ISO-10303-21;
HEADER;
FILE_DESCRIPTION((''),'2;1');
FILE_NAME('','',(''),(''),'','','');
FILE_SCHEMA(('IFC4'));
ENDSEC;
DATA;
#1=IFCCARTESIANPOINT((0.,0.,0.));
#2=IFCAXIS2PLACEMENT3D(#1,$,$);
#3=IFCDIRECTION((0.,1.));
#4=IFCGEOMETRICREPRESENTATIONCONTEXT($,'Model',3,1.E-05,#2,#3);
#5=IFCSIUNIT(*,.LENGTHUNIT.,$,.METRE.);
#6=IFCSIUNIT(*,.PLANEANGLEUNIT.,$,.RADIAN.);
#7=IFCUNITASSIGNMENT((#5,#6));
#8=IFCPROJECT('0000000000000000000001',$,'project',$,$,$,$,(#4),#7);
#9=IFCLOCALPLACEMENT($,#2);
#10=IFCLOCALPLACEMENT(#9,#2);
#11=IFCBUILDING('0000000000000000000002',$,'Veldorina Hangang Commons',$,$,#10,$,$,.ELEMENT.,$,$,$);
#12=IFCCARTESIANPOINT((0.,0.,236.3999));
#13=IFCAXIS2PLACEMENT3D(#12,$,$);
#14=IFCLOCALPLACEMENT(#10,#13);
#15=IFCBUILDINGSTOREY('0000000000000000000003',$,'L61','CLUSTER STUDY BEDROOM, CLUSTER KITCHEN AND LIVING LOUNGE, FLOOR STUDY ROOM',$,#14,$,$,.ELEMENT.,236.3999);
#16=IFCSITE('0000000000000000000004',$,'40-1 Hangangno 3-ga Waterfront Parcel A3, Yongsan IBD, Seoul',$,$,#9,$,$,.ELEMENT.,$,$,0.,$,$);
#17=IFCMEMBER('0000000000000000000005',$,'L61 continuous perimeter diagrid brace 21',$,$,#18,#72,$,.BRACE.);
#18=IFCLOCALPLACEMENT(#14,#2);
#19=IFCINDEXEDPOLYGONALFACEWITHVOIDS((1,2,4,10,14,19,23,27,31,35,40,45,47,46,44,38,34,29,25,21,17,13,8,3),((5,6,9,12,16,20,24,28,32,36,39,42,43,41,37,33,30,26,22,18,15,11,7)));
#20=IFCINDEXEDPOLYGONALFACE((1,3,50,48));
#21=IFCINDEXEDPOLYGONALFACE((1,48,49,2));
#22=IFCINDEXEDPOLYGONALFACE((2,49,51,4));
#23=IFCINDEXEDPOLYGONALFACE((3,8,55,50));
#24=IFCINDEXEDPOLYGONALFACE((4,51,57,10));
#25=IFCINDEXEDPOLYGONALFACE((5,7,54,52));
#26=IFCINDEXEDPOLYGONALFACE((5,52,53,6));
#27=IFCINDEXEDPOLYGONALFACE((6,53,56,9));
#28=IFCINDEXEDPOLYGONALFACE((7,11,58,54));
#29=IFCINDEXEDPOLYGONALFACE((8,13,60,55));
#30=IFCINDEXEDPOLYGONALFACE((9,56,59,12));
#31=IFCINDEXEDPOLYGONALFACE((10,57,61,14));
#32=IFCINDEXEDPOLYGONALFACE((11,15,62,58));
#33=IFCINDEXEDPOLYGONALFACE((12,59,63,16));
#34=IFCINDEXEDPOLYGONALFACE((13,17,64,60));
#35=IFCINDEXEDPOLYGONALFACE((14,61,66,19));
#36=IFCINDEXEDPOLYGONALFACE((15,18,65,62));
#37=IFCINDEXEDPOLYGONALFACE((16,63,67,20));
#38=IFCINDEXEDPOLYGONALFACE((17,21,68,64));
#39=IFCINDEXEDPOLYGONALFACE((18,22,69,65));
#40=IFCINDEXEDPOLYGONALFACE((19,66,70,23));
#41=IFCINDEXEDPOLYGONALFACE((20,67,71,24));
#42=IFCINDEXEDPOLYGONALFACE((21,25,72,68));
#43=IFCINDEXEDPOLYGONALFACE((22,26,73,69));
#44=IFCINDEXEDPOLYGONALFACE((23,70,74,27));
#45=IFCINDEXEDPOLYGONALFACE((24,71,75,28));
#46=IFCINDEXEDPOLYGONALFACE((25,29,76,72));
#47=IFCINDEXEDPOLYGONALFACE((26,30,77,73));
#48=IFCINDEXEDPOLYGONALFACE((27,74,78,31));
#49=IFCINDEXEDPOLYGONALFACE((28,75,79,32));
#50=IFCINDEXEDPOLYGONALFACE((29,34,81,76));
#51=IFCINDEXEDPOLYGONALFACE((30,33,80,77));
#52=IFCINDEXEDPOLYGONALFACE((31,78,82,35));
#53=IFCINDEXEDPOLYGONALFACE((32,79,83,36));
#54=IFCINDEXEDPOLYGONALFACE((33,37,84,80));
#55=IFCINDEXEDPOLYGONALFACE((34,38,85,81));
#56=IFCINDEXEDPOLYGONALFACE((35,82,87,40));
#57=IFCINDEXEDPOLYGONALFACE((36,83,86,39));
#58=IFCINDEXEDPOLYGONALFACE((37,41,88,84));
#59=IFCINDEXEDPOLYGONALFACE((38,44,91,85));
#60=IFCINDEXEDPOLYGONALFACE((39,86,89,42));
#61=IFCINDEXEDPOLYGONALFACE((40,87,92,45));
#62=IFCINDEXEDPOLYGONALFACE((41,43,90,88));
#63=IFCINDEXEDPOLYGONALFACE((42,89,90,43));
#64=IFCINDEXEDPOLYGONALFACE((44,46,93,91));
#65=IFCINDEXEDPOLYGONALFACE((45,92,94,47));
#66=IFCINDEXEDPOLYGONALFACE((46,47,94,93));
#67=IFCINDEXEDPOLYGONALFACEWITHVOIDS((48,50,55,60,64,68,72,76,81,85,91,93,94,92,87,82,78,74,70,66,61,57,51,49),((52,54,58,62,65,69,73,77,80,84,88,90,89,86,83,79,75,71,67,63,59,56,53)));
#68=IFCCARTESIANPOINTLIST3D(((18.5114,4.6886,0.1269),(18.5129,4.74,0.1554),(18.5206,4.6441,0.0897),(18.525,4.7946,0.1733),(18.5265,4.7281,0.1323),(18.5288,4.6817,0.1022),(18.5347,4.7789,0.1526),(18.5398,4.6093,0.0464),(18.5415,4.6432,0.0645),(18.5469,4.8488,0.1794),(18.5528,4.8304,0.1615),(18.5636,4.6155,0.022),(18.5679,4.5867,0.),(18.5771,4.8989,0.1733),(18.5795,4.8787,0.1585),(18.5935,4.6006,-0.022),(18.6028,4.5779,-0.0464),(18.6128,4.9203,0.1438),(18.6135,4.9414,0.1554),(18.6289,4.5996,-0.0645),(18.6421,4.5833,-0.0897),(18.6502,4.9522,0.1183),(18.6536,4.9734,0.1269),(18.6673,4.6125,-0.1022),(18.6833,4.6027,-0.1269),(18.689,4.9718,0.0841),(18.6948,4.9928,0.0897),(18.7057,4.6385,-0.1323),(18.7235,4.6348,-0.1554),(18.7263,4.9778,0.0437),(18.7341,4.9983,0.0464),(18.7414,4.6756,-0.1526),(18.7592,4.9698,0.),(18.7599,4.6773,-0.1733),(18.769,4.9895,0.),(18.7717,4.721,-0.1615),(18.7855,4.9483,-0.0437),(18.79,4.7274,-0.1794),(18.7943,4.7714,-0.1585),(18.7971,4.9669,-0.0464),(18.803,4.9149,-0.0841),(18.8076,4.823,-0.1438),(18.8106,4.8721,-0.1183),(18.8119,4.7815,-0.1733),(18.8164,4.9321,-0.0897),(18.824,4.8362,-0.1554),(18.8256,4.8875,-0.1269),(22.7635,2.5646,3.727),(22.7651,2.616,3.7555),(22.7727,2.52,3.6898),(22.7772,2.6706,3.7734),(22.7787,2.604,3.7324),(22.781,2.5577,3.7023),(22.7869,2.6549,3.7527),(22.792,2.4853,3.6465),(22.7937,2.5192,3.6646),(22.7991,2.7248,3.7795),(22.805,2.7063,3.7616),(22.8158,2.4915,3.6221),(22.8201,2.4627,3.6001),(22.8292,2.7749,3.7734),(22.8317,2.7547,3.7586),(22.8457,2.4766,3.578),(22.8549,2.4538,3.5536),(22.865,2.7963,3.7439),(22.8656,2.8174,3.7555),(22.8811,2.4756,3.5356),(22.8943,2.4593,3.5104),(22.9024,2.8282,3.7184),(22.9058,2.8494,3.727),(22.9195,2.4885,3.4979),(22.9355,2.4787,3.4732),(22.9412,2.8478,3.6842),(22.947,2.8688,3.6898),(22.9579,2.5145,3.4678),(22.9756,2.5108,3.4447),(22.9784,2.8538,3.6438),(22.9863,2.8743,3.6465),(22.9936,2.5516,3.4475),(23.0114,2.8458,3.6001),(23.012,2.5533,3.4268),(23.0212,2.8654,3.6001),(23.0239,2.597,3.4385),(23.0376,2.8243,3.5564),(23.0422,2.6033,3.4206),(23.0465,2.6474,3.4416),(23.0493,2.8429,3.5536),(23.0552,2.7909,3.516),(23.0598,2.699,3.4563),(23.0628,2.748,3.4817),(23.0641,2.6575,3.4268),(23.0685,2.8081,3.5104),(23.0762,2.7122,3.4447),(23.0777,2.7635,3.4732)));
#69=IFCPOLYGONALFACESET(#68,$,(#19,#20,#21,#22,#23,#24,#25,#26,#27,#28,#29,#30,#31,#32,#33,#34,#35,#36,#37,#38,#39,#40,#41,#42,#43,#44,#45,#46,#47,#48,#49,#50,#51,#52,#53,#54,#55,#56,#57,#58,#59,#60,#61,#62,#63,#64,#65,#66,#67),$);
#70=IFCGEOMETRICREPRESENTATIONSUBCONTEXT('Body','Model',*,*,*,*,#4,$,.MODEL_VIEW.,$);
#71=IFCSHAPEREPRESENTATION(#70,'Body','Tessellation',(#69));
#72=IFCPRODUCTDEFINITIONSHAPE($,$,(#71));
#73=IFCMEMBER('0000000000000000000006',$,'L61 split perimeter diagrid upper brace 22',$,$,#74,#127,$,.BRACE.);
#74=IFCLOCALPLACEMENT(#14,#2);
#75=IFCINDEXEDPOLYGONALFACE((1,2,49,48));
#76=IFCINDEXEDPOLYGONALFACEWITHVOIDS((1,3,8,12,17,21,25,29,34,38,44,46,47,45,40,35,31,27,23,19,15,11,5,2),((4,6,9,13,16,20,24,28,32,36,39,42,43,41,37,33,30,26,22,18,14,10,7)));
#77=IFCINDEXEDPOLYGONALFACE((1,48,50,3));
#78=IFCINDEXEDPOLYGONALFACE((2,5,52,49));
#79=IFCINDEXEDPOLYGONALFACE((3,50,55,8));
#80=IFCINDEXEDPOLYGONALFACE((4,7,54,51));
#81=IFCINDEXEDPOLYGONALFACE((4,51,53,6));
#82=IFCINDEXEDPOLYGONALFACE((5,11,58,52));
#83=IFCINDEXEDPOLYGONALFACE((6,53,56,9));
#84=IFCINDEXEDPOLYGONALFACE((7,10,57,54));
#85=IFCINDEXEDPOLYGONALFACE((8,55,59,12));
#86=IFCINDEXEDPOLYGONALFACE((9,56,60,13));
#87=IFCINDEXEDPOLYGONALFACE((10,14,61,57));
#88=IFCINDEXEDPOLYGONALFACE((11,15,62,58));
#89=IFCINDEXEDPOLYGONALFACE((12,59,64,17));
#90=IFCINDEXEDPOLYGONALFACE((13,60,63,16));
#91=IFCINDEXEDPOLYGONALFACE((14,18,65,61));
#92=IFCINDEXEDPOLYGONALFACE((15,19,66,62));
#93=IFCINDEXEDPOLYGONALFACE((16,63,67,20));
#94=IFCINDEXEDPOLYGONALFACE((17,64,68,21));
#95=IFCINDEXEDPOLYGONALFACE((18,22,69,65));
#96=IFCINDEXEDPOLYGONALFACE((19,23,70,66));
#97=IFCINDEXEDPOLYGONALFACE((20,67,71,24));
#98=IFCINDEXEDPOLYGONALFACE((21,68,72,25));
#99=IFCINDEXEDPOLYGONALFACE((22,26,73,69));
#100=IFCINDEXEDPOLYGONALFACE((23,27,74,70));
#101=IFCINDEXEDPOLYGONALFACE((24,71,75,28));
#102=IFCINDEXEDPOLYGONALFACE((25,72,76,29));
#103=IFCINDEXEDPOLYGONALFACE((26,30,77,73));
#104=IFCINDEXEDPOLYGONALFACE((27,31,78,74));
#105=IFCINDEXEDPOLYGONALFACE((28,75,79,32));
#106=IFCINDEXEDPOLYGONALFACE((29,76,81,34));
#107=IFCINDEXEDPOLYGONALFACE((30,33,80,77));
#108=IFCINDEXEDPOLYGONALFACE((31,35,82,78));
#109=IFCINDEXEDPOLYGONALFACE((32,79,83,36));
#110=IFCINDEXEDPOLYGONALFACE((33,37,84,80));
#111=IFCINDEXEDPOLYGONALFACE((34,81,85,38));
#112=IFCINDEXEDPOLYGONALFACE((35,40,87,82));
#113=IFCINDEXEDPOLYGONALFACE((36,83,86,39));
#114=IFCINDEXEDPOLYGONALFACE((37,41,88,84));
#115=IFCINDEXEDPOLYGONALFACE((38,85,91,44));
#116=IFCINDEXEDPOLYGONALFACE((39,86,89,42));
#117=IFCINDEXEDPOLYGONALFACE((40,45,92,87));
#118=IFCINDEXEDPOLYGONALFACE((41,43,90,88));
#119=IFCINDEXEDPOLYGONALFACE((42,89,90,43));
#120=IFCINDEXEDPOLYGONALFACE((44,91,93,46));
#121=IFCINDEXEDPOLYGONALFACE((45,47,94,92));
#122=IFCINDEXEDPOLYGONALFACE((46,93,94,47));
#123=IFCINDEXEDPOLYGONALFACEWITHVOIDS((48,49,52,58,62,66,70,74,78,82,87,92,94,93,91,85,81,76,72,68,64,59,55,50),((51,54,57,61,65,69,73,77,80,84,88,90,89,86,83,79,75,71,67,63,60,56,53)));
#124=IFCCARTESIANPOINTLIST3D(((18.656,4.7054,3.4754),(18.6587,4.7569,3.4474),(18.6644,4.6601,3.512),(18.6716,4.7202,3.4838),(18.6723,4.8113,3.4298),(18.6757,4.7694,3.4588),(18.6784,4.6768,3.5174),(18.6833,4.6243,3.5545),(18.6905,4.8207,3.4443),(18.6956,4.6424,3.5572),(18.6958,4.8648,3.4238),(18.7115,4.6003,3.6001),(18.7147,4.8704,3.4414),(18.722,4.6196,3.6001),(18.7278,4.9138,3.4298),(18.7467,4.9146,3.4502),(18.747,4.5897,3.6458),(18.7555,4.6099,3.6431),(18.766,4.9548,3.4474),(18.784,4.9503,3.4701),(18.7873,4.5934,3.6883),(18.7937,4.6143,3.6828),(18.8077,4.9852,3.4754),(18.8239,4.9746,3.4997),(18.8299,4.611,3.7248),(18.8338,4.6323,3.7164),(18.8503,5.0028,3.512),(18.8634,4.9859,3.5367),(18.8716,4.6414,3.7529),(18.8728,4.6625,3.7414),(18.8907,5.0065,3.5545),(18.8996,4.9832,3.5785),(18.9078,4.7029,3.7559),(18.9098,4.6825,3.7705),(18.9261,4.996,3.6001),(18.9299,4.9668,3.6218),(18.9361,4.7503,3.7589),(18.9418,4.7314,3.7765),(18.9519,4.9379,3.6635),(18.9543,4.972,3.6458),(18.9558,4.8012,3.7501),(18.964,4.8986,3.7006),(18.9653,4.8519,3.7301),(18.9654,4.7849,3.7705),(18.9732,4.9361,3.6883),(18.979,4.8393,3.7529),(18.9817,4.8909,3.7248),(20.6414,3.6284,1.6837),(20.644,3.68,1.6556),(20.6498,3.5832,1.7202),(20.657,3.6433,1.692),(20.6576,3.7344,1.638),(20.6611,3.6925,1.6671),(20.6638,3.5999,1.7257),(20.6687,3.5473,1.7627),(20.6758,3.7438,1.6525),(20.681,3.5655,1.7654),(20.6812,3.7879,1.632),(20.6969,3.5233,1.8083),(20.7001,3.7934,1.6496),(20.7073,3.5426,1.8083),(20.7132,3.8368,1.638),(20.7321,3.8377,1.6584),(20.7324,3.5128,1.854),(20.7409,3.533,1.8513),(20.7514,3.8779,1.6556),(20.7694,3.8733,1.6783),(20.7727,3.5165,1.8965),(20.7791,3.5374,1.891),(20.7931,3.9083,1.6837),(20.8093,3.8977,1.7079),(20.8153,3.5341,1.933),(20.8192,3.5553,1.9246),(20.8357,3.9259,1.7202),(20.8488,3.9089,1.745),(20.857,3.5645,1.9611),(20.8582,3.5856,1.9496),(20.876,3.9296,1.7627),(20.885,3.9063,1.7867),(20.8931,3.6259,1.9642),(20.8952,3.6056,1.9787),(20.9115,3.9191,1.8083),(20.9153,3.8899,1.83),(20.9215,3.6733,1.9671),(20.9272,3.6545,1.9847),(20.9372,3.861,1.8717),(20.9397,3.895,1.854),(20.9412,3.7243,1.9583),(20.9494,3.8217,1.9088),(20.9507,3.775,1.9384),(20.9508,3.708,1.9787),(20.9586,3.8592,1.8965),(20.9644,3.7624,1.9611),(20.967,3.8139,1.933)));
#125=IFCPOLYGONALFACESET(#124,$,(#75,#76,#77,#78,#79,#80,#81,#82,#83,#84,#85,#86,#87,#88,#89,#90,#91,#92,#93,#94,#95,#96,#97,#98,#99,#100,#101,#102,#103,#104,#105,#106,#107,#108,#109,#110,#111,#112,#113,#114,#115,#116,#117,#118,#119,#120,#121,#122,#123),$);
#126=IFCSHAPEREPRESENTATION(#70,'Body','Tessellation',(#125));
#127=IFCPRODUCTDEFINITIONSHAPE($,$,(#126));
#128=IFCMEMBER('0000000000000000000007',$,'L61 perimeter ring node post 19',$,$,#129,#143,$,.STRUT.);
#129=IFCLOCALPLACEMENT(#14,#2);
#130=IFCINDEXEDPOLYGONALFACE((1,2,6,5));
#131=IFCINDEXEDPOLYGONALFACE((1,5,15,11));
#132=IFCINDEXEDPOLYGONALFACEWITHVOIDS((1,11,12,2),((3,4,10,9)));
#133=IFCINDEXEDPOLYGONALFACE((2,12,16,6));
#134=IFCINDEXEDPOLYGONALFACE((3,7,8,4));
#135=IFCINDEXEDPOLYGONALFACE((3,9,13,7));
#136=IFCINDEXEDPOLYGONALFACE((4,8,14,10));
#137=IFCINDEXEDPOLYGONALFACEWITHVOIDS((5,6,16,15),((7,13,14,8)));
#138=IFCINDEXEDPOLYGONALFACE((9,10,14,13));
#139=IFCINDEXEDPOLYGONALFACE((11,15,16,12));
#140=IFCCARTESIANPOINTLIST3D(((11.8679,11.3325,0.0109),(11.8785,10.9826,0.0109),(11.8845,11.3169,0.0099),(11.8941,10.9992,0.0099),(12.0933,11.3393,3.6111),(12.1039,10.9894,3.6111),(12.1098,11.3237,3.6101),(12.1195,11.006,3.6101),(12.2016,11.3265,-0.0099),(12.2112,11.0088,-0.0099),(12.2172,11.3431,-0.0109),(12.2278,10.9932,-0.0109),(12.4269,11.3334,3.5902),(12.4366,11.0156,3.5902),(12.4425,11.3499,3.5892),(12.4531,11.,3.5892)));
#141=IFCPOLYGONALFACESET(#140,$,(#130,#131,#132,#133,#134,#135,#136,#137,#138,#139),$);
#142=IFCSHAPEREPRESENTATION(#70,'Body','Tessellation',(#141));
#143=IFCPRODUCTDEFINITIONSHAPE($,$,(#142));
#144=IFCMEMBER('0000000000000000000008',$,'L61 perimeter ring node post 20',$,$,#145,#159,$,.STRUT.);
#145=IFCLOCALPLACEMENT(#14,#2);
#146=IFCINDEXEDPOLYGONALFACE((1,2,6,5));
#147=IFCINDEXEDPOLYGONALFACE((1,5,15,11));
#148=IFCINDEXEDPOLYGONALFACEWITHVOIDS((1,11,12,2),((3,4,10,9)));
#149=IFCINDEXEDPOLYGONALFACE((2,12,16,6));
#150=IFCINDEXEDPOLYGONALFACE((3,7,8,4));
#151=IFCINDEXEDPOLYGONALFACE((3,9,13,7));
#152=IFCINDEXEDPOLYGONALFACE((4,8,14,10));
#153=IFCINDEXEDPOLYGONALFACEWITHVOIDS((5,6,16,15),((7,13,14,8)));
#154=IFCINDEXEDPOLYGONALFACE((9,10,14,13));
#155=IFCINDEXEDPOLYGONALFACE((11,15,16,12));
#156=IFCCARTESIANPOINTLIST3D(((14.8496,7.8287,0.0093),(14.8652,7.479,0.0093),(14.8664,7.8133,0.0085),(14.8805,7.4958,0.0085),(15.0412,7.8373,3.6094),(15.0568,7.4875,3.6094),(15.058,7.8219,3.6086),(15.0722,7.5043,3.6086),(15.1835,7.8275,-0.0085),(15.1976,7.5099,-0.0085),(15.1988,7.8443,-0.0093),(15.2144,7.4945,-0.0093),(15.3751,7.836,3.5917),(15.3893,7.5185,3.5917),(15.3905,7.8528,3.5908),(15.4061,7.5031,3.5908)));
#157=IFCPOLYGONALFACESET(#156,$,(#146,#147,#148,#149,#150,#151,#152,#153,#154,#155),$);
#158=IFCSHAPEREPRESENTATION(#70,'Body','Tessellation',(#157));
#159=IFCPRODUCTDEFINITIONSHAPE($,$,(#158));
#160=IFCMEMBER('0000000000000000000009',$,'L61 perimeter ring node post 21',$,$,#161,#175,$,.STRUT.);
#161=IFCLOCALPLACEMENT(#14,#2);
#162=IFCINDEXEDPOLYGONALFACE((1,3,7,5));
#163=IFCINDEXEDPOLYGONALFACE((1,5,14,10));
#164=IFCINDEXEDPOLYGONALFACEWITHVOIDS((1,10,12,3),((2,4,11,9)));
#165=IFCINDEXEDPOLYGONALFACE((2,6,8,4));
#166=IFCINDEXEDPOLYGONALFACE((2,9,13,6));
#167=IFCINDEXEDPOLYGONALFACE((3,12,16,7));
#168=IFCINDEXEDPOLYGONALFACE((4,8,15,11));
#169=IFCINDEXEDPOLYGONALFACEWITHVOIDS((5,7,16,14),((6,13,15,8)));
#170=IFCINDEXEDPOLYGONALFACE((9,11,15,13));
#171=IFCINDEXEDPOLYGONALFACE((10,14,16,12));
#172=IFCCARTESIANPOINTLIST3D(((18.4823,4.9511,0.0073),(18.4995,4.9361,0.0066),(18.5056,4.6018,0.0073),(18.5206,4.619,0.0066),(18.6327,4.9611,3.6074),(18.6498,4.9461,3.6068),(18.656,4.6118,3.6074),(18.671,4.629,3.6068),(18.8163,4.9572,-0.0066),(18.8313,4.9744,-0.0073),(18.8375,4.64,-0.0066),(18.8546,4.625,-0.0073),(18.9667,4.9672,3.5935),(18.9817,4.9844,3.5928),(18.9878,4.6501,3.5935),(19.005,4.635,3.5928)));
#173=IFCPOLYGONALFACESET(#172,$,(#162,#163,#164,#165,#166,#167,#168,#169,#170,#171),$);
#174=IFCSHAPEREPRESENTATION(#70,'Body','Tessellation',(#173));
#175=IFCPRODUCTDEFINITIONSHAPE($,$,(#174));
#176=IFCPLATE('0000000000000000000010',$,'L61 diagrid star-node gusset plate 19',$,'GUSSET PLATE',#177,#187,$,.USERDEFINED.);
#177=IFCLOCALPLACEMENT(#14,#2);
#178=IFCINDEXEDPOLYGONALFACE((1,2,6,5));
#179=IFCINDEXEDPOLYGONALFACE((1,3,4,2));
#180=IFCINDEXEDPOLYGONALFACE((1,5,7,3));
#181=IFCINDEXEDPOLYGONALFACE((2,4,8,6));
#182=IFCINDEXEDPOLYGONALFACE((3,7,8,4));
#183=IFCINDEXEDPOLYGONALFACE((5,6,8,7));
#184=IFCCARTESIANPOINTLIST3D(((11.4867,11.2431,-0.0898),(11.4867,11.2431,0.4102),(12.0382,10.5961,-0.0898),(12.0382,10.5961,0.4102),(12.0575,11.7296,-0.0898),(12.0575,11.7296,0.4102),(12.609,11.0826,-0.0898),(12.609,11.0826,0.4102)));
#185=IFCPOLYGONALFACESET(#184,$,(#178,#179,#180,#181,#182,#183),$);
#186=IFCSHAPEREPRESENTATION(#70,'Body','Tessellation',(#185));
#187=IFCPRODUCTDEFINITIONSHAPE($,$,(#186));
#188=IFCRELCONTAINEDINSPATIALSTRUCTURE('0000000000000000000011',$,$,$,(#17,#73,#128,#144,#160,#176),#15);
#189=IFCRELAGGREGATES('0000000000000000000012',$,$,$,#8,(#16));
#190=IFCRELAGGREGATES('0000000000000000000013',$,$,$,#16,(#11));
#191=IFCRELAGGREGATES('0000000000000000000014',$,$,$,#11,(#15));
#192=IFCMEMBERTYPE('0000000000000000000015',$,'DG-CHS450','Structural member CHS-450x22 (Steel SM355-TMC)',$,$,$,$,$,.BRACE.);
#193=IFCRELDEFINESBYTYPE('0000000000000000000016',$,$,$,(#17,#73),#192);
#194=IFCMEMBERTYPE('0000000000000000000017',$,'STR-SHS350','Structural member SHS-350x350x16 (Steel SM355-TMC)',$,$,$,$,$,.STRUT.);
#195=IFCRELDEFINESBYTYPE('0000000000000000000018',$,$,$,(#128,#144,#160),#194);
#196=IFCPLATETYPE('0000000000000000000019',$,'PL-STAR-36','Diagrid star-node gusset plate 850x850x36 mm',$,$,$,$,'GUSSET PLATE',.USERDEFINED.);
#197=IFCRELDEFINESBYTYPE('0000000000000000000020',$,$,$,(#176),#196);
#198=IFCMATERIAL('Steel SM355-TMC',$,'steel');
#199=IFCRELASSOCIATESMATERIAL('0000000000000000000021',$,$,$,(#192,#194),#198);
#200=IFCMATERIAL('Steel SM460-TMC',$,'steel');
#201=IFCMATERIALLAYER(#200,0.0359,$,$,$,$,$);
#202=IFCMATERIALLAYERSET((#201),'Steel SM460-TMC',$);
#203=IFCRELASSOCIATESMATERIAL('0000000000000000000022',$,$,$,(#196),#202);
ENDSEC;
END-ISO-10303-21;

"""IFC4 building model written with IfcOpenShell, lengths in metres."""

from ifc_helpers import new_model, si_unit, direction, frame, origin, origin_2d, place, context, subcontext, project, spatial, rectangle, hollow_rectangle, hollow_circle, extrude, material, layer, layer_set, material_profile, profile_set, type_object, element, save


model = new_model("IFC4")

# Units and contexts
model_context = context("Model", 3, precision=1e-05, world=origin(), true_north=direction((0.0, 1.0)))
body_context = subcontext(model_context, "Body", "Model", "MODEL_VIEW")
ifc_project = project(units=[si_unit("LENGTHUNIT", "METRE"), si_unit("PLANEANGLEUNIT", "RADIAN")], contexts=[model_context])

# Site, building, storey
site_placement = place(None, origin())
site = spatial("IfcSite", under=ifc_project, at=site_placement, Name="40-1 Hangangno 3-ga Waterfront Parcel A3, Yongsan IBD, Seoul", CompositionType="ELEMENT", RefElevation=0.0)
building_placement = place(site_placement, origin())
building = spatial("IfcBuilding", under=site, at=building_placement, Name="Veldorina Hangang Commons", CompositionType="ELEMENT")
storey_placement = place(building_placement, frame((0.0, 0.0, 236.3999)))
storey = spatial("IfcBuildingStorey", under=building, at=storey_placement, Name="L61", Description="CLUSTER STUDY BEDROOM, CLUSTER KITCHEN AND LIVING LOUNGE, FLOOR STUDY ROOM", CompositionType="ELEMENT", Elevation=236.3999)

# Shared definitions
ifc_material_1 = material(Name="Steel SM355-TMC", Category="steel")

# Members
ifc_material_profile_1 = material_profile(ifc_material_1, hollow_circle(Radius=0.2251, WallThickness=0.022, at=origin_2d()), Name="CHS-450x22")
ifc_profile_set_1 = profile_set([ifc_material_profile_1], Name="Steel SM355-TMC")
member_type_1 = type_object("IfcMemberType", Name="DG-CHS450", Description="Structural member CHS-450x22 (Steel SM355-TMC)", PredefinedType="BRACE", material=ifc_profile_set_1)
member_1_placement = place(storey_placement, frame((18.6685, 4.7881, 0.0), z_axis=(0.713137, -0.356221, 0.603773), x_axis=(0.446864, 0.894602, 0.0)))
element("IfcMember", 1, at=member_1_placement, inside=storey, type_object=member_type_1, Name="L61 continuous perimeter diagrid brace 21", PredefinedType="BRACE", context=body_context, shape_type="SweptSolid", body=[
    extrude(hollow_circle(Radius=0.2251, WallThickness=0.022, at=origin_2d()), origin(), (0.0, 0.0, 1.0), 5.9626),
])
member_2_placement = place(storey_placement, frame((20.8042, 3.7212, 1.8083), z_axis=(-0.68864, 0.373536, 0.621487), x_axis=(-0.476798, -0.879013, 0.0)))
element("IfcMember", 2, at=member_2_placement, inside=storey, type_object=member_type_1, Name="L61 split perimeter diagrid upper brace 22", PredefinedType="BRACE", context=body_context, shape_type="SweptSolid", body=[
    extrude(hollow_circle(Radius=0.2251, WallThickness=0.022, at=origin_2d()), origin(), (0.0, 0.0, 1.0), 2.8831),
])
ifc_material_profile_2 = material_profile(ifc_material_1, hollow_rectangle(XDim=0.3501, YDim=0.3501, WallThickness=0.0161, at=origin_2d()), Name="SHS-350x350x16")
ifc_profile_set_2 = profile_set([ifc_material_profile_2], Name="Steel SM355-TMC")
member_type_2 = type_object("IfcMemberType", Name="STR-SHS350", Description="Structural member SHS-350x350x16 (Steel SM355-TMC)", PredefinedType="STRUT", material=ifc_profile_set_2)
member_3_placement = place(storey_placement, frame((12.0479, 11.1628, 0.0), z_axis=(0.062471, 0.001895, 0.998045), x_axis=(-0.030322, 0.99954, 0.0)))
element("IfcMember", 3, at=member_3_placement, inside=storey, type_object=member_type_2, Name="L61 perimeter ring node post 19", PredefinedType="STRUT", context=body_context, shape_type="SweptSolid", body=[
    extrude(hollow_rectangle(XDim=0.3501, YDim=0.3501, WallThickness=0.0161, at=origin_2d()), origin(), (0.0, 0.0, 1.0), 3.6072),
])
member_4_placement = place(storey_placement, frame((15.032, 7.6616, 0.0), z_axis=(0.053159, 0.00237, 0.998583), x_axis=(-0.044542, 0.999008, 0.0)))
element("IfcMember", 4, at=member_4_placement, inside=storey, type_object=member_type_2, Name="L61 perimeter ring node post 20", PredefinedType="STRUT", context=body_context, shape_type="SweptSolid", body=[
    extrude(hollow_rectangle(XDim=0.3501, YDim=0.3501, WallThickness=0.0161, at=origin_2d()), origin(), (0.0, 0.0, 1.0), 3.6052),
])
member_5_placement = place(storey_placement, frame((18.6685, 4.7881, 0.0), z_axis=(0.041737, 0.002778, 0.999125), x_axis=(-0.066412, 0.997792, 0.0)))
element("IfcMember", 5, at=member_5_placement, inside=storey, type_object=member_type_2, Name="L61 perimeter ring node post 21", PredefinedType="STRUT", context=body_context, shape_type="SweptSolid", body=[
    extrude(hollow_rectangle(XDim=0.3501, YDim=0.3501, WallThickness=0.0161, at=origin_2d()), origin(), (0.0, 0.0, 1.0), 3.6033),
])

# Plate
ifc_material_2 = material(Name="Steel SM460-TMC", Category="steel")
ifc_layer_1 = layer(ifc_material_2, 0.0359)
ifc_layer_set_1 = layer_set([ifc_layer_1], Name="Steel SM460-TMC")
plate_type = type_object("IfcPlateType", Name="PL-STAR-36", Description="Diagrid star-node gusset plate 850x850x36 mm", ElementType="GUSSET PLATE", PredefinedType="USERDEFINED", material=ifc_layer_set_1)
plate_1_placement = place(storey_placement, frame((12.0479, 11.1628, -0.0898), z_axis=(0.0, 0.0, 1.0), x_axis=(0.648665, -0.761074, 0.0)))
element("IfcPlate", 6, at=plate_1_placement, inside=storey, type_object=plate_type, Name="L61 diagrid star-node gusset plate 19", ObjectType="GUSSET PLATE", PredefinedType="USERDEFINED", context=body_context, shape_type="SweptSolid", body=[
    extrude(rectangle(XDim=0.8501, YDim=0.75, at=origin_2d()), origin(), (0.0, 0.0, 1.0), 0.5),
])

save(model, "model.ifc")
